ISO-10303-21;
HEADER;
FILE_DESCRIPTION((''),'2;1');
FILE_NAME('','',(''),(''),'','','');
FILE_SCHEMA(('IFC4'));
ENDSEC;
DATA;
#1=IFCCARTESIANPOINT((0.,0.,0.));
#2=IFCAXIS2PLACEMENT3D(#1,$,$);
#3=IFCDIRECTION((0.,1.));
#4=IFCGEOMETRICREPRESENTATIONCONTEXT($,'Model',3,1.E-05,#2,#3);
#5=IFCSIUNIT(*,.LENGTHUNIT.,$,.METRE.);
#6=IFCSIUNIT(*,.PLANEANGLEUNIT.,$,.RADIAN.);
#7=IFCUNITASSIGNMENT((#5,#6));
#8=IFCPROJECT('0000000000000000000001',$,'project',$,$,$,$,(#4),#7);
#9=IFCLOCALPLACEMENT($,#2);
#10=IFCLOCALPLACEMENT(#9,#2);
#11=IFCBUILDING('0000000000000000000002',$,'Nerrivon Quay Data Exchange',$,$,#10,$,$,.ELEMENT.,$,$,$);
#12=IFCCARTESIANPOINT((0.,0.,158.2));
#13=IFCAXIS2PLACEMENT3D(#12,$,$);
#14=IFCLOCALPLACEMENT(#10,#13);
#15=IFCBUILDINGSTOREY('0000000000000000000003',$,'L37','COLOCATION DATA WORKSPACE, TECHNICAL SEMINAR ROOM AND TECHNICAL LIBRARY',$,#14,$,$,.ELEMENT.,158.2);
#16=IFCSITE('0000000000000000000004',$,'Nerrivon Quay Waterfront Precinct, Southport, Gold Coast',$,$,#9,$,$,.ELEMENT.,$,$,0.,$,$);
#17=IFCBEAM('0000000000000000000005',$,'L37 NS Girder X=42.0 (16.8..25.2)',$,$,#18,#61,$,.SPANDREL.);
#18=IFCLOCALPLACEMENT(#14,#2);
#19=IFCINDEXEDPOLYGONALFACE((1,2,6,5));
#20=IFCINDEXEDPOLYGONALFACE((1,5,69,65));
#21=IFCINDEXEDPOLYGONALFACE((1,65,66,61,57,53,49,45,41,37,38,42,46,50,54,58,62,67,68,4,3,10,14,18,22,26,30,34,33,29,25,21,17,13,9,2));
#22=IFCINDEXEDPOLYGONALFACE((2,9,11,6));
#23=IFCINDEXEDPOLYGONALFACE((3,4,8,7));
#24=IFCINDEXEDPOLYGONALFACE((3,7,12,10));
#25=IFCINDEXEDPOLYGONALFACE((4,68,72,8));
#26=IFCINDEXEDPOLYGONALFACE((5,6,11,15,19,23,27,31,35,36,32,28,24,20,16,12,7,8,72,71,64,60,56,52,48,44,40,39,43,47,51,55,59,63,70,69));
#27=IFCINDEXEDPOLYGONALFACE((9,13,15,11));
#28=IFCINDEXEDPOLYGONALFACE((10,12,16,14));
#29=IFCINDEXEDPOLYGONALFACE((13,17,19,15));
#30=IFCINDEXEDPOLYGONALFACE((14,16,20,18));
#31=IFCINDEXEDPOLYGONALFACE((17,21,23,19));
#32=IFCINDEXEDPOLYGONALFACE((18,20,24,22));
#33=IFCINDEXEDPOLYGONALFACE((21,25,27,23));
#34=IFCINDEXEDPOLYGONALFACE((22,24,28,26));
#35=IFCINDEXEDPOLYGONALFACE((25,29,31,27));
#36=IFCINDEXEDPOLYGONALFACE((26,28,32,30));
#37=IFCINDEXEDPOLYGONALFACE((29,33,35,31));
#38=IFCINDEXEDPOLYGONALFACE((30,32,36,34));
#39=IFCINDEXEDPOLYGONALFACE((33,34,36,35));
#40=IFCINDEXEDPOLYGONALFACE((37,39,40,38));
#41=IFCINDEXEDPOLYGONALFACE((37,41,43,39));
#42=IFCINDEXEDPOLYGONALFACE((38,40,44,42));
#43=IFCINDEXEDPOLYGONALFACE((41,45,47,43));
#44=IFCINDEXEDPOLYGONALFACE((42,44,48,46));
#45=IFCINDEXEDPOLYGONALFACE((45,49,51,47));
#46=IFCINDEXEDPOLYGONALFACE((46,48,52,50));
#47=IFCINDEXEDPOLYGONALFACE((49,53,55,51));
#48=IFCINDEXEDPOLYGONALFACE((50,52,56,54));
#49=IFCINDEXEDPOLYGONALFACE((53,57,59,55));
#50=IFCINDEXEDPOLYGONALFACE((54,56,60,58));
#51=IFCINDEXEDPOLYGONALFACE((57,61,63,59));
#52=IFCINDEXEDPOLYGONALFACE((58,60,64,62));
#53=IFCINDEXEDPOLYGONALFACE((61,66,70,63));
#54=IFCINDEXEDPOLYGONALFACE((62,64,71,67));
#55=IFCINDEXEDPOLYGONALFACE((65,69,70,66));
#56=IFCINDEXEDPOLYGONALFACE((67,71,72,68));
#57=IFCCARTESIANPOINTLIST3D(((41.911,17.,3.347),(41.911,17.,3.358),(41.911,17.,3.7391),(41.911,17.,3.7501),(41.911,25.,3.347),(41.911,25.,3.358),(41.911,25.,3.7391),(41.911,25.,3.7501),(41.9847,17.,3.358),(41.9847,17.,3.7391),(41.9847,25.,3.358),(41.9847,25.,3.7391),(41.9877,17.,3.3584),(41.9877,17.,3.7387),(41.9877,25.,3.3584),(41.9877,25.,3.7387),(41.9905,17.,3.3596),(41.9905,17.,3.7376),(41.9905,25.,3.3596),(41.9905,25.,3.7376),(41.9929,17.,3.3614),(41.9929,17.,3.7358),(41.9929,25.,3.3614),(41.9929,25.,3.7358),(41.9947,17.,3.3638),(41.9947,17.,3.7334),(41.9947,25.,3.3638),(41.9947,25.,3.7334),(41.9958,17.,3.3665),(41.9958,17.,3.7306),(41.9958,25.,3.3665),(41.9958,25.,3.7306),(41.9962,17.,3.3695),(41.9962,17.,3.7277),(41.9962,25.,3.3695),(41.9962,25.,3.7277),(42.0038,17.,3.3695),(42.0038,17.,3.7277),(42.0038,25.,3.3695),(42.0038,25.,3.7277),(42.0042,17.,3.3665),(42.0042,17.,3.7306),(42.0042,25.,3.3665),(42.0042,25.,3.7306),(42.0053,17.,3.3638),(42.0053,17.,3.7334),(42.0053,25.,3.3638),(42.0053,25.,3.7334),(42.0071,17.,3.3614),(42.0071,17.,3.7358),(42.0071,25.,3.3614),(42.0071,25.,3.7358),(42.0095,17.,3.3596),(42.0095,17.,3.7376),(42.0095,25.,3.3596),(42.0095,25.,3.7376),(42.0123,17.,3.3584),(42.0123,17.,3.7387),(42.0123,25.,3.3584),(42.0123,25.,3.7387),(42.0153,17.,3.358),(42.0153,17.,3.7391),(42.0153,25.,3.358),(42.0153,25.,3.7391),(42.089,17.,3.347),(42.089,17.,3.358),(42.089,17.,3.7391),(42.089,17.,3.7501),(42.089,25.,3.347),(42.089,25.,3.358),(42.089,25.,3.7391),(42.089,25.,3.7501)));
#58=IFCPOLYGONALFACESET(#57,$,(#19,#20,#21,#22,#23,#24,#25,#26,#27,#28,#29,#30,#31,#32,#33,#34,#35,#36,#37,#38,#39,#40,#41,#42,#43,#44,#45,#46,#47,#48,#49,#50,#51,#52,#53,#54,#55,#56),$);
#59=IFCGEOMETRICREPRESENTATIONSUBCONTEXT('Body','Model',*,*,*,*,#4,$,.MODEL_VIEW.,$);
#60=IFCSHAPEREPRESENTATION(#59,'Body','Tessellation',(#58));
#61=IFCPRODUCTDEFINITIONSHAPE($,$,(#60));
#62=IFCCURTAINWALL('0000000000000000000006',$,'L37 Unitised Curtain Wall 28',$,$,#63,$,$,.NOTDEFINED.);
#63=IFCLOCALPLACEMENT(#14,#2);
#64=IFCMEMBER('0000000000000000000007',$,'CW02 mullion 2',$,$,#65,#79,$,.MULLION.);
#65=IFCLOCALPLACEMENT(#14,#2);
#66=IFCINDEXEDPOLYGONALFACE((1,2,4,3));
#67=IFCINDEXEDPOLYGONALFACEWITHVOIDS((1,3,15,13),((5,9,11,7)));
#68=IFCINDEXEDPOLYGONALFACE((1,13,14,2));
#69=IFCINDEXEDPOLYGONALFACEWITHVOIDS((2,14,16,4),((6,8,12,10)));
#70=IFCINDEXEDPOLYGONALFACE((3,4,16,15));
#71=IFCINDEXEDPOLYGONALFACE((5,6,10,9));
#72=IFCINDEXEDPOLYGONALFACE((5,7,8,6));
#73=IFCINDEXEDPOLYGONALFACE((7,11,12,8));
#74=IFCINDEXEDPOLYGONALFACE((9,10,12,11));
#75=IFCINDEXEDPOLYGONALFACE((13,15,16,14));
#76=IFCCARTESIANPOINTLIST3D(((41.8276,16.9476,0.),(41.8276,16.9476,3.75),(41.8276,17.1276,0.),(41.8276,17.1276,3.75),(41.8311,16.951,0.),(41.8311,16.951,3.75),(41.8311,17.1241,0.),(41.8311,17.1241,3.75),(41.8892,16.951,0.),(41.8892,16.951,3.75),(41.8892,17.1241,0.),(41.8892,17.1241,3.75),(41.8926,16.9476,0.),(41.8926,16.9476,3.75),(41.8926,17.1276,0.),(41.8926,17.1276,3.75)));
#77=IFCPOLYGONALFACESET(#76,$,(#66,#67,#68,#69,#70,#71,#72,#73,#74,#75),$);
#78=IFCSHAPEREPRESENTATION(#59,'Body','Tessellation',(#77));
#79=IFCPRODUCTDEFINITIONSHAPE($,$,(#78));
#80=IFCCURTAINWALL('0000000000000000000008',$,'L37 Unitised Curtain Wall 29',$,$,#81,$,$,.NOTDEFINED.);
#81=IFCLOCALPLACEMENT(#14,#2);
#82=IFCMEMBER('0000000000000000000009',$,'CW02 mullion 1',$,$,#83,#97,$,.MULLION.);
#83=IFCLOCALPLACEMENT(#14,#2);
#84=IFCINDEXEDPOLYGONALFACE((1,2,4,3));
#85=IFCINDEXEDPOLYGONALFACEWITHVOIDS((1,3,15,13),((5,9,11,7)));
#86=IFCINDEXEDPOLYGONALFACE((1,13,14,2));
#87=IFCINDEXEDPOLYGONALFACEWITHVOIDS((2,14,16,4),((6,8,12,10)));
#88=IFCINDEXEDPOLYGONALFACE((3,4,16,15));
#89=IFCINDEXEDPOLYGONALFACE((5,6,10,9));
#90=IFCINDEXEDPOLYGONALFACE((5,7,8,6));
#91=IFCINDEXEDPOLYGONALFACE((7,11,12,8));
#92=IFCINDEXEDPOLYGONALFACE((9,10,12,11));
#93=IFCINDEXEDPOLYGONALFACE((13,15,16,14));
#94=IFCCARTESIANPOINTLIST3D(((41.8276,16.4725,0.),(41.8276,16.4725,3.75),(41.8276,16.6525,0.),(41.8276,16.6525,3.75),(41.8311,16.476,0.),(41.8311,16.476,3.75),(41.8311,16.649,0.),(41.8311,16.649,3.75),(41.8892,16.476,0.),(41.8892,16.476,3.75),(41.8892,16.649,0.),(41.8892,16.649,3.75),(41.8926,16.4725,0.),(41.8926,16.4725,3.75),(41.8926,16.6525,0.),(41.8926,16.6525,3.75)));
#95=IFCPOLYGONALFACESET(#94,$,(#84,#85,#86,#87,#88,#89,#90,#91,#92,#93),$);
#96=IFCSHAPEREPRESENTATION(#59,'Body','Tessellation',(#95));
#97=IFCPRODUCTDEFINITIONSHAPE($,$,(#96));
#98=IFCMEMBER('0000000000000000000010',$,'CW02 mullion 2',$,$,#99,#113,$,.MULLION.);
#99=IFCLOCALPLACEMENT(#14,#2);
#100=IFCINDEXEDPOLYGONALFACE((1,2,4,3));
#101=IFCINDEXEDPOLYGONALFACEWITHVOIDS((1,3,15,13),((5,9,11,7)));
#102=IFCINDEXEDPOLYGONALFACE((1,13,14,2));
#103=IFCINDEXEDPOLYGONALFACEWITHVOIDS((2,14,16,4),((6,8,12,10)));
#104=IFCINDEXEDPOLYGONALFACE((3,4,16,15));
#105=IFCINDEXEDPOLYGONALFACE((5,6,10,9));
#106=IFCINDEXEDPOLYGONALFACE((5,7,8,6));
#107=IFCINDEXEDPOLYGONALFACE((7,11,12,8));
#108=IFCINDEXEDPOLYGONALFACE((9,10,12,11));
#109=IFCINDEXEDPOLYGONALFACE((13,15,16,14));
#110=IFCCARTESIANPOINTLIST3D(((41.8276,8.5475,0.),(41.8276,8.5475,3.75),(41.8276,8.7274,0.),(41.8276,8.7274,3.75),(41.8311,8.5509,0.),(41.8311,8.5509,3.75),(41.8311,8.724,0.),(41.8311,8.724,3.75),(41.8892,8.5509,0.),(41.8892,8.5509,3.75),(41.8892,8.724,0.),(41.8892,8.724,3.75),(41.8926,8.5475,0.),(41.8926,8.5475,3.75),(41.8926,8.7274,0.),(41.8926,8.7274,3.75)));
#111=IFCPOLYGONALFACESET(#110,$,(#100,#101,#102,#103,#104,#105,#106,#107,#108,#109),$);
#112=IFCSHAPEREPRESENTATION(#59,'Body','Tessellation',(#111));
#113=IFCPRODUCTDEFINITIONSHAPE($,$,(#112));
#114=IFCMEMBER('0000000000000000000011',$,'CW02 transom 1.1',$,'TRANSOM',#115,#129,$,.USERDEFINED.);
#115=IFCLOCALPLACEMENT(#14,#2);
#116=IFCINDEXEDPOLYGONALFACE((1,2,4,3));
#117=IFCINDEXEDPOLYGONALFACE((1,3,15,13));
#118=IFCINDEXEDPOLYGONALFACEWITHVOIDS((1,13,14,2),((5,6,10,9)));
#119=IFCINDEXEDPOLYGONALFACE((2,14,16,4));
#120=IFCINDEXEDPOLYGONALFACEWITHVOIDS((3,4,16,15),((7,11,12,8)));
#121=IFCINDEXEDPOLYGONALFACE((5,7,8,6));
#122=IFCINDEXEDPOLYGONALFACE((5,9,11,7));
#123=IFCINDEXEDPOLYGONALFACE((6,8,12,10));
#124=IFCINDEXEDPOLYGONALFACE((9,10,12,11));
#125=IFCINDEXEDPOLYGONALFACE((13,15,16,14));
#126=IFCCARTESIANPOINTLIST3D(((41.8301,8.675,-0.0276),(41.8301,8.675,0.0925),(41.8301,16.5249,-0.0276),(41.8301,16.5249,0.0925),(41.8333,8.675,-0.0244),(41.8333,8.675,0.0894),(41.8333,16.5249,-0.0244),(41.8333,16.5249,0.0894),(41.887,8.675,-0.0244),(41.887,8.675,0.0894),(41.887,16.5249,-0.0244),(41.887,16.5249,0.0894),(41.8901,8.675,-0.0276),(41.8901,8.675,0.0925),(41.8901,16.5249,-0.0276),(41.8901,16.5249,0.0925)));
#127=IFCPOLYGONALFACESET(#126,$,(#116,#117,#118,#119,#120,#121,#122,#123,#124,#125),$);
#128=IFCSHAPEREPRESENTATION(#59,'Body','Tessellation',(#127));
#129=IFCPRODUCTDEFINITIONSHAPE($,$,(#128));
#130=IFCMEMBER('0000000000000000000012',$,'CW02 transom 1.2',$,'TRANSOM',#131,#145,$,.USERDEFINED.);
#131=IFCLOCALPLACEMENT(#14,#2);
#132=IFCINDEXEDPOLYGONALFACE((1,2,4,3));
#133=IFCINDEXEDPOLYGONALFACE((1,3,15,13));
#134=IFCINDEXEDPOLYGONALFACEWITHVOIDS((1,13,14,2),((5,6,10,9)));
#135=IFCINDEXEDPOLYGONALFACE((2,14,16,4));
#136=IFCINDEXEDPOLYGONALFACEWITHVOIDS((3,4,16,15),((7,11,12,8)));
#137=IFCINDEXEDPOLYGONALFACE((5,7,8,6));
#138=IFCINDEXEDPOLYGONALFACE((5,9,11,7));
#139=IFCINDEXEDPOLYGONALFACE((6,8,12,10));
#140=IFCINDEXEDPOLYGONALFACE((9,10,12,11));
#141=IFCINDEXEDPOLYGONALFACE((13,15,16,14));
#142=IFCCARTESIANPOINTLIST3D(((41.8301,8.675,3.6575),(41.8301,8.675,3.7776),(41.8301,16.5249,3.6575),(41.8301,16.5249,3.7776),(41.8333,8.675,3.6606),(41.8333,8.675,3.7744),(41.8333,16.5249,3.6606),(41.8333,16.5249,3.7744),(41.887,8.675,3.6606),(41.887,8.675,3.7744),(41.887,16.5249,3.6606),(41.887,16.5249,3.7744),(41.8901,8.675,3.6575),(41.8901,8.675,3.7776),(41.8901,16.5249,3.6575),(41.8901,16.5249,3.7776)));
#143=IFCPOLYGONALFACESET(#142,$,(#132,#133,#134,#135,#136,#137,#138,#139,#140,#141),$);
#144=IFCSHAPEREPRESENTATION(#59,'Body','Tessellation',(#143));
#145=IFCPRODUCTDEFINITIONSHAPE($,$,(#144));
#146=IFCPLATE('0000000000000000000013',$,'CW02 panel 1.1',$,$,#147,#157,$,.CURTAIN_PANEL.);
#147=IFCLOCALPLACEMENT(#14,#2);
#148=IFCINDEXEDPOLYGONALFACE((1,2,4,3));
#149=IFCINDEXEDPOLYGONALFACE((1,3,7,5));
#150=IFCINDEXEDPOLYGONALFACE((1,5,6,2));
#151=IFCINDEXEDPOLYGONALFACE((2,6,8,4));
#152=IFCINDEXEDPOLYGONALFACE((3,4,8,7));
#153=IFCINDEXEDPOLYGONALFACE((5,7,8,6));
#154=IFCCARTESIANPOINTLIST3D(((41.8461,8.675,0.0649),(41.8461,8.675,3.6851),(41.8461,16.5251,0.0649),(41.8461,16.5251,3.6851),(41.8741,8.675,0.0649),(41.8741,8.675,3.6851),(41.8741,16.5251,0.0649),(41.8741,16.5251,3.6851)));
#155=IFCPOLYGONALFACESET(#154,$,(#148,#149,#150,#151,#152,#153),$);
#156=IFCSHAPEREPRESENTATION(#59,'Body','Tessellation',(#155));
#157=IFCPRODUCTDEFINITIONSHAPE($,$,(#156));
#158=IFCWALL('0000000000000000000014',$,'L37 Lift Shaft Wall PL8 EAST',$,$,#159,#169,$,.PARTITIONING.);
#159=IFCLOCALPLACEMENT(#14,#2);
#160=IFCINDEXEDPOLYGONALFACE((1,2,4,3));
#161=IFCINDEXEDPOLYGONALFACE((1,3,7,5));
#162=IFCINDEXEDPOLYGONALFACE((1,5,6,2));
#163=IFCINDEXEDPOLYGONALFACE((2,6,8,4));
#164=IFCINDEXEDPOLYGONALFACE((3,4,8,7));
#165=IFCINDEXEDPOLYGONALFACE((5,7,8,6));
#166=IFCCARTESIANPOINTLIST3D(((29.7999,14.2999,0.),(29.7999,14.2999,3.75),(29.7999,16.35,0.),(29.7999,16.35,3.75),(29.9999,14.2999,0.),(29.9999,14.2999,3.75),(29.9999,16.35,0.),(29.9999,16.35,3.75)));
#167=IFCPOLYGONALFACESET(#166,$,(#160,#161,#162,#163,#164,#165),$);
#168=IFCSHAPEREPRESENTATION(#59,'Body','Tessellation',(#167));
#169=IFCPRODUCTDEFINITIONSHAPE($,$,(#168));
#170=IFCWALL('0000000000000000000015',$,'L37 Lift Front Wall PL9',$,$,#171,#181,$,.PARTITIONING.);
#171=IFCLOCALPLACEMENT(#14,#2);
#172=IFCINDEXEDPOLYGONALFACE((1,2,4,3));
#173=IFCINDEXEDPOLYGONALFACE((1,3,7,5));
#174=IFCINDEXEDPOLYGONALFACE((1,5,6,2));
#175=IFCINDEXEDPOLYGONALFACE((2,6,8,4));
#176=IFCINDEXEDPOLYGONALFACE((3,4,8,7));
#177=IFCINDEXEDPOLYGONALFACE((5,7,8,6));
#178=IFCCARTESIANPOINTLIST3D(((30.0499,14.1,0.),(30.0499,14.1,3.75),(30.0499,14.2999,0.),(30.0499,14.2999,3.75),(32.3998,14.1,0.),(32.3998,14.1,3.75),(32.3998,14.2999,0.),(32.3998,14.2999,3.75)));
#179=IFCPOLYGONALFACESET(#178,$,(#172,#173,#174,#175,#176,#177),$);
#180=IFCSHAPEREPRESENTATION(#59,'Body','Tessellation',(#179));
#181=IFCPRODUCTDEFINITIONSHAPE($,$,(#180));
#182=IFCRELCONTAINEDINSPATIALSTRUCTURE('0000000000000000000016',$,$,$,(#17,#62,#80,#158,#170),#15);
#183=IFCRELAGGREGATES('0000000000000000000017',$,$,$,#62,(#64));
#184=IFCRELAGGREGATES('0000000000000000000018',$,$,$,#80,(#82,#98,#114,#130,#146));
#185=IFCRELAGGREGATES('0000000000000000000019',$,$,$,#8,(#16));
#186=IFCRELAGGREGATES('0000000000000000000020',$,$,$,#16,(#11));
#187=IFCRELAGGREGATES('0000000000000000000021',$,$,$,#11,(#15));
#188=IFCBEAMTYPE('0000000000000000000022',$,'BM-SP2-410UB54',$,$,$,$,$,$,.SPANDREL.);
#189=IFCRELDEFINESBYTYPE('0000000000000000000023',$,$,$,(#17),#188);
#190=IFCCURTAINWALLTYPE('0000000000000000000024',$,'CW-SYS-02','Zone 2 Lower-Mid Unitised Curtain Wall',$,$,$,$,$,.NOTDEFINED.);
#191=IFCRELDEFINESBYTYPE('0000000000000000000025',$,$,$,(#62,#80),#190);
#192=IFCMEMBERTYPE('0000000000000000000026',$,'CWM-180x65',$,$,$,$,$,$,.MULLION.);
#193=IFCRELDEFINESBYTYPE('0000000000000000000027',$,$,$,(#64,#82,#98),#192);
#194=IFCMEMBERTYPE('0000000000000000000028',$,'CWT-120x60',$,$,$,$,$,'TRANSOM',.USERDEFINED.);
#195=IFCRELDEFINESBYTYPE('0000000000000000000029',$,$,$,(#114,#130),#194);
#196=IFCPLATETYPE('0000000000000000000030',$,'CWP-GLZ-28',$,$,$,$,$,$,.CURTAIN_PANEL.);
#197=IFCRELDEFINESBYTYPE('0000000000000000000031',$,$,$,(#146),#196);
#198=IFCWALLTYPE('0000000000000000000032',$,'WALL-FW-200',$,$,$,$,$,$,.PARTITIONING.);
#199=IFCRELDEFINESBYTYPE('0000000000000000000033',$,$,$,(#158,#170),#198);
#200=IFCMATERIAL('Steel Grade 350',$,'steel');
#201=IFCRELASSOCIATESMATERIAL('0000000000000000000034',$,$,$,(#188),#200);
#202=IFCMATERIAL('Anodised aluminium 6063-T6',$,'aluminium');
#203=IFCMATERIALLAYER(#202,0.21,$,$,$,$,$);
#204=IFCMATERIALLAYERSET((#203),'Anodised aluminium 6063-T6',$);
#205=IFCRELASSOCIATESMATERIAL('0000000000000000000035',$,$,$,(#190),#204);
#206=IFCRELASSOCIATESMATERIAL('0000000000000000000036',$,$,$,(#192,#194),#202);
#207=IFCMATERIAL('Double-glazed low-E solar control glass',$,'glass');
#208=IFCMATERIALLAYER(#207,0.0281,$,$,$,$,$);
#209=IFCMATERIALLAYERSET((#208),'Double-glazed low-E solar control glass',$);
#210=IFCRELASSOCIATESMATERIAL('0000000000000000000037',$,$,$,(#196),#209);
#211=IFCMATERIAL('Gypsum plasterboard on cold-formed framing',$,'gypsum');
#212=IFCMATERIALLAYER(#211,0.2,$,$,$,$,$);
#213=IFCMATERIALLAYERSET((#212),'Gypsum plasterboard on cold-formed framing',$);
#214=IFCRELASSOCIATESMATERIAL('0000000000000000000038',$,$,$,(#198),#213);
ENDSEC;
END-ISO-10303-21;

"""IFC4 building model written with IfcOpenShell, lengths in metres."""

from ifc_helpers import new_model, si_unit, direction, frame, frame_2d, origin, origin_2d, place, context, subcontext, project, spatial, rectangle, hollow_rectangle, i_section, extrude, material, layer, layer_set, material_profile, profile_set, type_object, element, aggregate, save


model = new_model("IFC4")

# Units and contexts
model_context = context("Model", 3, precision=1e-05, world=origin(), true_north=direction((0.0, 1.0)))
body_context = subcontext(model_context, "Body", "Model", "MODEL_VIEW")
ifc_project = project(units=[si_unit("LENGTHUNIT", "METRE"), si_unit("PLANEANGLEUNIT", "RADIAN")], contexts=[model_context])

# Site, building, storey
site_placement = place(None, origin())
site = spatial("IfcSite", under=ifc_project, at=site_placement, Name="Nerrivon Quay Waterfront Precinct, Southport, Gold Coast", CompositionType="ELEMENT", RefElevation=0.0)
building_placement = place(site_placement, origin())
building = spatial("IfcBuilding", under=site, at=building_placement, Name="Nerrivon Quay Data Exchange", CompositionType="ELEMENT")
storey_placement = place(building_placement, frame((0.0, 0.0, 158.2)))
storey = spatial("IfcBuildingStorey", under=building, at=storey_placement, Name="L37", Description="COLOCATION DATA WORKSPACE, TECHNICAL SEMINAR ROOM AND TECHNICAL LIBRARY", CompositionType="ELEMENT", Elevation=158.2)

# Shared definitions
ifc_material_1 = material(Name="Steel Grade 350", Category="steel")

# Beam
ifc_material_profile_1 = material_profile(ifc_material_1, i_section(OverallWidth=0.178, OverallDepth=0.4031, WebThickness=0.0076, FlangeThickness=0.011, FilletRadius=0.0115, at=origin_2d()), Name="410UB53.7")
ifc_profile_set_1 = profile_set([ifc_material_profile_1], Name="Steel Grade 350")
beam_type_1 = type_object("IfcBeamType", Name="BM-SP2-410UB54", PredefinedType="SPANDREL", material=ifc_profile_set_1)
for number, where, z_axis, x_axis, name in (
    (1, (42.0, 17.0, 3.5486), (0.0, 1.0, 0.0), (-1.0, 0.0, 0.0), "L37 NS Girder X=42.0 (16.8..25.2)"),
):
    element("IfcBeam", number, at=place(storey_placement, frame(where, z_axis=z_axis, x_axis=x_axis)), inside=storey, type_object=beam_type_1, Name=name, PredefinedType="SPANDREL", context=body_context, shape_type="SweptSolid", body=[
        extrude(i_section(OverallWidth=0.178, OverallDepth=0.4031, WebThickness=0.0076, FlangeThickness=0.011, FilletRadius=0.0115, at=origin_2d()), origin(), (0.0, 0.0, 1.0), 8.0),
    ])

# Curtain wall, member
ifc_material_2 = material(Name="Anodised aluminium 6063-T6", Category="aluminium")
ifc_layer_1 = layer(ifc_material_2, 0.21)
ifc_layer_set_1 = layer_set([ifc_layer_1], Name="Anodised aluminium 6063-T6")
curtain_wall_type = type_object("IfcCurtainWallType", Name="CW-SYS-02", Description="Zone 2 Lower-Mid Unitised Curtain Wall", PredefinedType="NOTDEFINED", material=ifc_layer_set_1)
curtain_wall_1_placement = place(storey_placement, origin())
curtain_wall_1 = element("IfcCurtainWall", 2, at=curtain_wall_1_placement, inside=storey, type_object=curtain_wall_type, Name="L37 Unitised Curtain Wall 28", PredefinedType="NOTDEFINED")
ifc_material_profile_2 = material_profile(ifc_material_2, hollow_rectangle(XDim=0.0649, YDim=0.1799, WallThickness=0.0034, at=origin_2d()), Name="ALU-MULL-180x65")
ifc_profile_set_2 = profile_set([ifc_material_profile_2], Name="Anodised aluminium 6063-T6")
member_type_1 = type_object("IfcMemberType", Name="CWM-180x65", PredefinedType="MULLION", material=ifc_profile_set_2)
member_1_placement = place(storey_placement, frame((41.8601, 17.0376, 0.0), z_axis=(0.0, 0.0, 1.0), x_axis=(1.0, 0.0, 0.0)))
member_1 = element("IfcMember", 3, at=member_1_placement, type_object=member_type_1, Name="CW02 mullion 2", PredefinedType="MULLION", context=body_context, shape_type="SweptSolid", body=[
    extrude(hollow_rectangle(XDim=0.0649, YDim=0.1799, WallThickness=0.0034, at=origin_2d()), origin(), (0.0, 0.0, 1.0), 3.75),
])
aggregate(curtain_wall_1, [member_1])

# Curtain wall, members, plate
curtain_wall_2_placement = place(storey_placement, origin())
curtain_wall_2 = element("IfcCurtainWall", 4, at=curtain_wall_2_placement, inside=storey, type_object=curtain_wall_type, Name="L37 Unitised Curtain Wall 29", PredefinedType="NOTDEFINED")
member_2_placement = place(storey_placement, frame((41.8601, 16.5625, 0.0), z_axis=(0.0, 0.0, 1.0), x_axis=(1.0, 0.0, 0.0)))
member_2 = element("IfcMember", 5, at=member_2_placement, type_object=member_type_1, Name="CW02 mullion 1", PredefinedType="MULLION", context=body_context, shape_type="SweptSolid", body=[
    extrude(hollow_rectangle(XDim=0.0649, YDim=0.1799, WallThickness=0.0034, at=origin_2d()), origin(), (0.0, 0.0, 1.0), 3.75),
])
member_3_placement = place(storey_placement, frame((41.8601, 8.6375, 0.0), z_axis=(0.0, 0.0, 1.0), x_axis=(1.0, 0.0, 0.0)))
member_3 = element("IfcMember", 6, at=member_3_placement, type_object=member_type_1, Name="CW02 mullion 2", PredefinedType="MULLION", context=body_context, shape_type="SweptSolid", body=[
    extrude(hollow_rectangle(XDim=0.0649, YDim=0.1799, WallThickness=0.0034, at=origin_2d()), origin(), (0.0, 0.0, 1.0), 3.75),
])
ifc_material_profile_3 = material_profile(ifc_material_2, hollow_rectangle(XDim=0.0601, YDim=0.1201, WallThickness=0.0032, at=origin_2d()), Name="ALU-TRAN-120x60")
ifc_profile_set_3 = profile_set([ifc_material_profile_3], Name="Anodised aluminium 6063-T6")
member_type_2 = type_object("IfcMemberType", Name="CWT-120x60", ElementType="TRANSOM", PredefinedType="USERDEFINED", material=ifc_profile_set_3)
member_4_placement = place(storey_placement, frame((41.8601, 16.5249, 0.0325), z_axis=(0.0, -1.0, 0.0), x_axis=(1.0, 0.0, 0.0)))
member_4 = element("IfcMember", 7, at=member_4_placement, type_object=member_type_2, Name="CW02 transom 1.1", ObjectType="TRANSOM", PredefinedType="USERDEFINED", context=body_context, shape_type="SweptSolid", body=[
    extrude(hollow_rectangle(XDim=0.0601, YDim=0.1201, WallThickness=0.0032, at=origin_2d()), origin(), (0.0, 0.0, 1.0), 7.8499),
])
member_5_placement = place(storey_placement, frame((41.8601, 16.5249, 3.7175), z_axis=(0.0, -1.0, 0.0), x_axis=(1.0, 0.0, 0.0)))
member_5 = element("IfcMember", 8, at=member_5_placement, type_object=member_type_2, Name="CW02 transom 1.2", ObjectType="TRANSOM", PredefinedType="USERDEFINED", context=body_context, shape_type="SweptSolid", body=[
    extrude(hollow_rectangle(XDim=0.0601, YDim=0.1201, WallThickness=0.0032, at=origin_2d()), origin(), (0.0, 0.0, 1.0), 7.8499),
])
ifc_material_3 = material(Name="Double-glazed low-E solar control glass", Category="glass")
ifc_layer_2 = layer(ifc_material_3, 0.0281)
ifc_layer_set_2 = layer_set([ifc_layer_2], Name="Double-glazed low-E solar control glass")
plate_type = type_object("IfcPlateType", Name="CWP-GLZ-28", PredefinedType="CURTAIN_PANEL", material=ifc_layer_set_2)
plate_placement = place(storey_placement, frame((41.8601, 12.6001, 0.0649), z_axis=(0.0, 0.0, 1.0), x_axis=(0.0, -1.0, 0.0)))
plate = element("IfcPlate", 9, at=plate_placement, type_object=plate_type, Name="CW02 panel 1.1", PredefinedType="CURTAIN_PANEL", context=body_context, shape_type="SweptSolid", body=[
    extrude(rectangle(XDim=7.8501, YDim=0.0281, at=origin_2d()), origin(), (0.0, 0.0, 1.0), 3.6201),
])
aggregate(curtain_wall_2, [member_2, member_3, member_4, member_5, plate])

# Walls
ifc_material_4 = material(Name="Gypsum plasterboard on cold-formed framing", Category="gypsum")
ifc_layer_3 = layer(ifc_material_4, 0.2)
ifc_layer_set_3 = layer_set([ifc_layer_3], Name="Gypsum plasterboard on cold-formed framing")
wall_type_1 = type_object("IfcWallType", Name="WALL-FW-200", PredefinedType="PARTITIONING", material=ifc_layer_set_3)
wall_1_placement = place(storey_placement, frame((29.8999, 14.3, 0.0), z_axis=(0.0, 0.0, 1.0), x_axis=(0.0, 1.0, 0.0)))
element("IfcWall", 10, at=wall_1_placement, inside=storey, type_object=wall_type_1, Name="L37 Lift Shaft Wall PL8 EAST", PredefinedType="PARTITIONING", context=body_context, shape_type="SweptSolid", body=[
    extrude(rectangle(XDim=2.05, YDim=0.2, at=frame_2d((1.0249, 0.0))), origin(), (0.0, 0.0, 1.0), 3.75),
])
wall_2_placement = place(storey_placement, frame((30.05, 14.2, 0.0), z_axis=(0.0, 0.0, 1.0), x_axis=(1.0, 0.0, 0.0)))
element("IfcWall", 11, at=wall_2_placement, inside=storey, type_object=wall_type_1, Name="L37 Lift Front Wall PL9", PredefinedType="PARTITIONING", context=body_context, shape_type="SweptSolid", body=[
    extrude(rectangle(XDim=2.3499, YDim=0.2, at=frame_2d((1.1748, 0.0))), origin(), (0.0, 0.0, 1.0), 3.75),
])

save(model, "model.ifc")
